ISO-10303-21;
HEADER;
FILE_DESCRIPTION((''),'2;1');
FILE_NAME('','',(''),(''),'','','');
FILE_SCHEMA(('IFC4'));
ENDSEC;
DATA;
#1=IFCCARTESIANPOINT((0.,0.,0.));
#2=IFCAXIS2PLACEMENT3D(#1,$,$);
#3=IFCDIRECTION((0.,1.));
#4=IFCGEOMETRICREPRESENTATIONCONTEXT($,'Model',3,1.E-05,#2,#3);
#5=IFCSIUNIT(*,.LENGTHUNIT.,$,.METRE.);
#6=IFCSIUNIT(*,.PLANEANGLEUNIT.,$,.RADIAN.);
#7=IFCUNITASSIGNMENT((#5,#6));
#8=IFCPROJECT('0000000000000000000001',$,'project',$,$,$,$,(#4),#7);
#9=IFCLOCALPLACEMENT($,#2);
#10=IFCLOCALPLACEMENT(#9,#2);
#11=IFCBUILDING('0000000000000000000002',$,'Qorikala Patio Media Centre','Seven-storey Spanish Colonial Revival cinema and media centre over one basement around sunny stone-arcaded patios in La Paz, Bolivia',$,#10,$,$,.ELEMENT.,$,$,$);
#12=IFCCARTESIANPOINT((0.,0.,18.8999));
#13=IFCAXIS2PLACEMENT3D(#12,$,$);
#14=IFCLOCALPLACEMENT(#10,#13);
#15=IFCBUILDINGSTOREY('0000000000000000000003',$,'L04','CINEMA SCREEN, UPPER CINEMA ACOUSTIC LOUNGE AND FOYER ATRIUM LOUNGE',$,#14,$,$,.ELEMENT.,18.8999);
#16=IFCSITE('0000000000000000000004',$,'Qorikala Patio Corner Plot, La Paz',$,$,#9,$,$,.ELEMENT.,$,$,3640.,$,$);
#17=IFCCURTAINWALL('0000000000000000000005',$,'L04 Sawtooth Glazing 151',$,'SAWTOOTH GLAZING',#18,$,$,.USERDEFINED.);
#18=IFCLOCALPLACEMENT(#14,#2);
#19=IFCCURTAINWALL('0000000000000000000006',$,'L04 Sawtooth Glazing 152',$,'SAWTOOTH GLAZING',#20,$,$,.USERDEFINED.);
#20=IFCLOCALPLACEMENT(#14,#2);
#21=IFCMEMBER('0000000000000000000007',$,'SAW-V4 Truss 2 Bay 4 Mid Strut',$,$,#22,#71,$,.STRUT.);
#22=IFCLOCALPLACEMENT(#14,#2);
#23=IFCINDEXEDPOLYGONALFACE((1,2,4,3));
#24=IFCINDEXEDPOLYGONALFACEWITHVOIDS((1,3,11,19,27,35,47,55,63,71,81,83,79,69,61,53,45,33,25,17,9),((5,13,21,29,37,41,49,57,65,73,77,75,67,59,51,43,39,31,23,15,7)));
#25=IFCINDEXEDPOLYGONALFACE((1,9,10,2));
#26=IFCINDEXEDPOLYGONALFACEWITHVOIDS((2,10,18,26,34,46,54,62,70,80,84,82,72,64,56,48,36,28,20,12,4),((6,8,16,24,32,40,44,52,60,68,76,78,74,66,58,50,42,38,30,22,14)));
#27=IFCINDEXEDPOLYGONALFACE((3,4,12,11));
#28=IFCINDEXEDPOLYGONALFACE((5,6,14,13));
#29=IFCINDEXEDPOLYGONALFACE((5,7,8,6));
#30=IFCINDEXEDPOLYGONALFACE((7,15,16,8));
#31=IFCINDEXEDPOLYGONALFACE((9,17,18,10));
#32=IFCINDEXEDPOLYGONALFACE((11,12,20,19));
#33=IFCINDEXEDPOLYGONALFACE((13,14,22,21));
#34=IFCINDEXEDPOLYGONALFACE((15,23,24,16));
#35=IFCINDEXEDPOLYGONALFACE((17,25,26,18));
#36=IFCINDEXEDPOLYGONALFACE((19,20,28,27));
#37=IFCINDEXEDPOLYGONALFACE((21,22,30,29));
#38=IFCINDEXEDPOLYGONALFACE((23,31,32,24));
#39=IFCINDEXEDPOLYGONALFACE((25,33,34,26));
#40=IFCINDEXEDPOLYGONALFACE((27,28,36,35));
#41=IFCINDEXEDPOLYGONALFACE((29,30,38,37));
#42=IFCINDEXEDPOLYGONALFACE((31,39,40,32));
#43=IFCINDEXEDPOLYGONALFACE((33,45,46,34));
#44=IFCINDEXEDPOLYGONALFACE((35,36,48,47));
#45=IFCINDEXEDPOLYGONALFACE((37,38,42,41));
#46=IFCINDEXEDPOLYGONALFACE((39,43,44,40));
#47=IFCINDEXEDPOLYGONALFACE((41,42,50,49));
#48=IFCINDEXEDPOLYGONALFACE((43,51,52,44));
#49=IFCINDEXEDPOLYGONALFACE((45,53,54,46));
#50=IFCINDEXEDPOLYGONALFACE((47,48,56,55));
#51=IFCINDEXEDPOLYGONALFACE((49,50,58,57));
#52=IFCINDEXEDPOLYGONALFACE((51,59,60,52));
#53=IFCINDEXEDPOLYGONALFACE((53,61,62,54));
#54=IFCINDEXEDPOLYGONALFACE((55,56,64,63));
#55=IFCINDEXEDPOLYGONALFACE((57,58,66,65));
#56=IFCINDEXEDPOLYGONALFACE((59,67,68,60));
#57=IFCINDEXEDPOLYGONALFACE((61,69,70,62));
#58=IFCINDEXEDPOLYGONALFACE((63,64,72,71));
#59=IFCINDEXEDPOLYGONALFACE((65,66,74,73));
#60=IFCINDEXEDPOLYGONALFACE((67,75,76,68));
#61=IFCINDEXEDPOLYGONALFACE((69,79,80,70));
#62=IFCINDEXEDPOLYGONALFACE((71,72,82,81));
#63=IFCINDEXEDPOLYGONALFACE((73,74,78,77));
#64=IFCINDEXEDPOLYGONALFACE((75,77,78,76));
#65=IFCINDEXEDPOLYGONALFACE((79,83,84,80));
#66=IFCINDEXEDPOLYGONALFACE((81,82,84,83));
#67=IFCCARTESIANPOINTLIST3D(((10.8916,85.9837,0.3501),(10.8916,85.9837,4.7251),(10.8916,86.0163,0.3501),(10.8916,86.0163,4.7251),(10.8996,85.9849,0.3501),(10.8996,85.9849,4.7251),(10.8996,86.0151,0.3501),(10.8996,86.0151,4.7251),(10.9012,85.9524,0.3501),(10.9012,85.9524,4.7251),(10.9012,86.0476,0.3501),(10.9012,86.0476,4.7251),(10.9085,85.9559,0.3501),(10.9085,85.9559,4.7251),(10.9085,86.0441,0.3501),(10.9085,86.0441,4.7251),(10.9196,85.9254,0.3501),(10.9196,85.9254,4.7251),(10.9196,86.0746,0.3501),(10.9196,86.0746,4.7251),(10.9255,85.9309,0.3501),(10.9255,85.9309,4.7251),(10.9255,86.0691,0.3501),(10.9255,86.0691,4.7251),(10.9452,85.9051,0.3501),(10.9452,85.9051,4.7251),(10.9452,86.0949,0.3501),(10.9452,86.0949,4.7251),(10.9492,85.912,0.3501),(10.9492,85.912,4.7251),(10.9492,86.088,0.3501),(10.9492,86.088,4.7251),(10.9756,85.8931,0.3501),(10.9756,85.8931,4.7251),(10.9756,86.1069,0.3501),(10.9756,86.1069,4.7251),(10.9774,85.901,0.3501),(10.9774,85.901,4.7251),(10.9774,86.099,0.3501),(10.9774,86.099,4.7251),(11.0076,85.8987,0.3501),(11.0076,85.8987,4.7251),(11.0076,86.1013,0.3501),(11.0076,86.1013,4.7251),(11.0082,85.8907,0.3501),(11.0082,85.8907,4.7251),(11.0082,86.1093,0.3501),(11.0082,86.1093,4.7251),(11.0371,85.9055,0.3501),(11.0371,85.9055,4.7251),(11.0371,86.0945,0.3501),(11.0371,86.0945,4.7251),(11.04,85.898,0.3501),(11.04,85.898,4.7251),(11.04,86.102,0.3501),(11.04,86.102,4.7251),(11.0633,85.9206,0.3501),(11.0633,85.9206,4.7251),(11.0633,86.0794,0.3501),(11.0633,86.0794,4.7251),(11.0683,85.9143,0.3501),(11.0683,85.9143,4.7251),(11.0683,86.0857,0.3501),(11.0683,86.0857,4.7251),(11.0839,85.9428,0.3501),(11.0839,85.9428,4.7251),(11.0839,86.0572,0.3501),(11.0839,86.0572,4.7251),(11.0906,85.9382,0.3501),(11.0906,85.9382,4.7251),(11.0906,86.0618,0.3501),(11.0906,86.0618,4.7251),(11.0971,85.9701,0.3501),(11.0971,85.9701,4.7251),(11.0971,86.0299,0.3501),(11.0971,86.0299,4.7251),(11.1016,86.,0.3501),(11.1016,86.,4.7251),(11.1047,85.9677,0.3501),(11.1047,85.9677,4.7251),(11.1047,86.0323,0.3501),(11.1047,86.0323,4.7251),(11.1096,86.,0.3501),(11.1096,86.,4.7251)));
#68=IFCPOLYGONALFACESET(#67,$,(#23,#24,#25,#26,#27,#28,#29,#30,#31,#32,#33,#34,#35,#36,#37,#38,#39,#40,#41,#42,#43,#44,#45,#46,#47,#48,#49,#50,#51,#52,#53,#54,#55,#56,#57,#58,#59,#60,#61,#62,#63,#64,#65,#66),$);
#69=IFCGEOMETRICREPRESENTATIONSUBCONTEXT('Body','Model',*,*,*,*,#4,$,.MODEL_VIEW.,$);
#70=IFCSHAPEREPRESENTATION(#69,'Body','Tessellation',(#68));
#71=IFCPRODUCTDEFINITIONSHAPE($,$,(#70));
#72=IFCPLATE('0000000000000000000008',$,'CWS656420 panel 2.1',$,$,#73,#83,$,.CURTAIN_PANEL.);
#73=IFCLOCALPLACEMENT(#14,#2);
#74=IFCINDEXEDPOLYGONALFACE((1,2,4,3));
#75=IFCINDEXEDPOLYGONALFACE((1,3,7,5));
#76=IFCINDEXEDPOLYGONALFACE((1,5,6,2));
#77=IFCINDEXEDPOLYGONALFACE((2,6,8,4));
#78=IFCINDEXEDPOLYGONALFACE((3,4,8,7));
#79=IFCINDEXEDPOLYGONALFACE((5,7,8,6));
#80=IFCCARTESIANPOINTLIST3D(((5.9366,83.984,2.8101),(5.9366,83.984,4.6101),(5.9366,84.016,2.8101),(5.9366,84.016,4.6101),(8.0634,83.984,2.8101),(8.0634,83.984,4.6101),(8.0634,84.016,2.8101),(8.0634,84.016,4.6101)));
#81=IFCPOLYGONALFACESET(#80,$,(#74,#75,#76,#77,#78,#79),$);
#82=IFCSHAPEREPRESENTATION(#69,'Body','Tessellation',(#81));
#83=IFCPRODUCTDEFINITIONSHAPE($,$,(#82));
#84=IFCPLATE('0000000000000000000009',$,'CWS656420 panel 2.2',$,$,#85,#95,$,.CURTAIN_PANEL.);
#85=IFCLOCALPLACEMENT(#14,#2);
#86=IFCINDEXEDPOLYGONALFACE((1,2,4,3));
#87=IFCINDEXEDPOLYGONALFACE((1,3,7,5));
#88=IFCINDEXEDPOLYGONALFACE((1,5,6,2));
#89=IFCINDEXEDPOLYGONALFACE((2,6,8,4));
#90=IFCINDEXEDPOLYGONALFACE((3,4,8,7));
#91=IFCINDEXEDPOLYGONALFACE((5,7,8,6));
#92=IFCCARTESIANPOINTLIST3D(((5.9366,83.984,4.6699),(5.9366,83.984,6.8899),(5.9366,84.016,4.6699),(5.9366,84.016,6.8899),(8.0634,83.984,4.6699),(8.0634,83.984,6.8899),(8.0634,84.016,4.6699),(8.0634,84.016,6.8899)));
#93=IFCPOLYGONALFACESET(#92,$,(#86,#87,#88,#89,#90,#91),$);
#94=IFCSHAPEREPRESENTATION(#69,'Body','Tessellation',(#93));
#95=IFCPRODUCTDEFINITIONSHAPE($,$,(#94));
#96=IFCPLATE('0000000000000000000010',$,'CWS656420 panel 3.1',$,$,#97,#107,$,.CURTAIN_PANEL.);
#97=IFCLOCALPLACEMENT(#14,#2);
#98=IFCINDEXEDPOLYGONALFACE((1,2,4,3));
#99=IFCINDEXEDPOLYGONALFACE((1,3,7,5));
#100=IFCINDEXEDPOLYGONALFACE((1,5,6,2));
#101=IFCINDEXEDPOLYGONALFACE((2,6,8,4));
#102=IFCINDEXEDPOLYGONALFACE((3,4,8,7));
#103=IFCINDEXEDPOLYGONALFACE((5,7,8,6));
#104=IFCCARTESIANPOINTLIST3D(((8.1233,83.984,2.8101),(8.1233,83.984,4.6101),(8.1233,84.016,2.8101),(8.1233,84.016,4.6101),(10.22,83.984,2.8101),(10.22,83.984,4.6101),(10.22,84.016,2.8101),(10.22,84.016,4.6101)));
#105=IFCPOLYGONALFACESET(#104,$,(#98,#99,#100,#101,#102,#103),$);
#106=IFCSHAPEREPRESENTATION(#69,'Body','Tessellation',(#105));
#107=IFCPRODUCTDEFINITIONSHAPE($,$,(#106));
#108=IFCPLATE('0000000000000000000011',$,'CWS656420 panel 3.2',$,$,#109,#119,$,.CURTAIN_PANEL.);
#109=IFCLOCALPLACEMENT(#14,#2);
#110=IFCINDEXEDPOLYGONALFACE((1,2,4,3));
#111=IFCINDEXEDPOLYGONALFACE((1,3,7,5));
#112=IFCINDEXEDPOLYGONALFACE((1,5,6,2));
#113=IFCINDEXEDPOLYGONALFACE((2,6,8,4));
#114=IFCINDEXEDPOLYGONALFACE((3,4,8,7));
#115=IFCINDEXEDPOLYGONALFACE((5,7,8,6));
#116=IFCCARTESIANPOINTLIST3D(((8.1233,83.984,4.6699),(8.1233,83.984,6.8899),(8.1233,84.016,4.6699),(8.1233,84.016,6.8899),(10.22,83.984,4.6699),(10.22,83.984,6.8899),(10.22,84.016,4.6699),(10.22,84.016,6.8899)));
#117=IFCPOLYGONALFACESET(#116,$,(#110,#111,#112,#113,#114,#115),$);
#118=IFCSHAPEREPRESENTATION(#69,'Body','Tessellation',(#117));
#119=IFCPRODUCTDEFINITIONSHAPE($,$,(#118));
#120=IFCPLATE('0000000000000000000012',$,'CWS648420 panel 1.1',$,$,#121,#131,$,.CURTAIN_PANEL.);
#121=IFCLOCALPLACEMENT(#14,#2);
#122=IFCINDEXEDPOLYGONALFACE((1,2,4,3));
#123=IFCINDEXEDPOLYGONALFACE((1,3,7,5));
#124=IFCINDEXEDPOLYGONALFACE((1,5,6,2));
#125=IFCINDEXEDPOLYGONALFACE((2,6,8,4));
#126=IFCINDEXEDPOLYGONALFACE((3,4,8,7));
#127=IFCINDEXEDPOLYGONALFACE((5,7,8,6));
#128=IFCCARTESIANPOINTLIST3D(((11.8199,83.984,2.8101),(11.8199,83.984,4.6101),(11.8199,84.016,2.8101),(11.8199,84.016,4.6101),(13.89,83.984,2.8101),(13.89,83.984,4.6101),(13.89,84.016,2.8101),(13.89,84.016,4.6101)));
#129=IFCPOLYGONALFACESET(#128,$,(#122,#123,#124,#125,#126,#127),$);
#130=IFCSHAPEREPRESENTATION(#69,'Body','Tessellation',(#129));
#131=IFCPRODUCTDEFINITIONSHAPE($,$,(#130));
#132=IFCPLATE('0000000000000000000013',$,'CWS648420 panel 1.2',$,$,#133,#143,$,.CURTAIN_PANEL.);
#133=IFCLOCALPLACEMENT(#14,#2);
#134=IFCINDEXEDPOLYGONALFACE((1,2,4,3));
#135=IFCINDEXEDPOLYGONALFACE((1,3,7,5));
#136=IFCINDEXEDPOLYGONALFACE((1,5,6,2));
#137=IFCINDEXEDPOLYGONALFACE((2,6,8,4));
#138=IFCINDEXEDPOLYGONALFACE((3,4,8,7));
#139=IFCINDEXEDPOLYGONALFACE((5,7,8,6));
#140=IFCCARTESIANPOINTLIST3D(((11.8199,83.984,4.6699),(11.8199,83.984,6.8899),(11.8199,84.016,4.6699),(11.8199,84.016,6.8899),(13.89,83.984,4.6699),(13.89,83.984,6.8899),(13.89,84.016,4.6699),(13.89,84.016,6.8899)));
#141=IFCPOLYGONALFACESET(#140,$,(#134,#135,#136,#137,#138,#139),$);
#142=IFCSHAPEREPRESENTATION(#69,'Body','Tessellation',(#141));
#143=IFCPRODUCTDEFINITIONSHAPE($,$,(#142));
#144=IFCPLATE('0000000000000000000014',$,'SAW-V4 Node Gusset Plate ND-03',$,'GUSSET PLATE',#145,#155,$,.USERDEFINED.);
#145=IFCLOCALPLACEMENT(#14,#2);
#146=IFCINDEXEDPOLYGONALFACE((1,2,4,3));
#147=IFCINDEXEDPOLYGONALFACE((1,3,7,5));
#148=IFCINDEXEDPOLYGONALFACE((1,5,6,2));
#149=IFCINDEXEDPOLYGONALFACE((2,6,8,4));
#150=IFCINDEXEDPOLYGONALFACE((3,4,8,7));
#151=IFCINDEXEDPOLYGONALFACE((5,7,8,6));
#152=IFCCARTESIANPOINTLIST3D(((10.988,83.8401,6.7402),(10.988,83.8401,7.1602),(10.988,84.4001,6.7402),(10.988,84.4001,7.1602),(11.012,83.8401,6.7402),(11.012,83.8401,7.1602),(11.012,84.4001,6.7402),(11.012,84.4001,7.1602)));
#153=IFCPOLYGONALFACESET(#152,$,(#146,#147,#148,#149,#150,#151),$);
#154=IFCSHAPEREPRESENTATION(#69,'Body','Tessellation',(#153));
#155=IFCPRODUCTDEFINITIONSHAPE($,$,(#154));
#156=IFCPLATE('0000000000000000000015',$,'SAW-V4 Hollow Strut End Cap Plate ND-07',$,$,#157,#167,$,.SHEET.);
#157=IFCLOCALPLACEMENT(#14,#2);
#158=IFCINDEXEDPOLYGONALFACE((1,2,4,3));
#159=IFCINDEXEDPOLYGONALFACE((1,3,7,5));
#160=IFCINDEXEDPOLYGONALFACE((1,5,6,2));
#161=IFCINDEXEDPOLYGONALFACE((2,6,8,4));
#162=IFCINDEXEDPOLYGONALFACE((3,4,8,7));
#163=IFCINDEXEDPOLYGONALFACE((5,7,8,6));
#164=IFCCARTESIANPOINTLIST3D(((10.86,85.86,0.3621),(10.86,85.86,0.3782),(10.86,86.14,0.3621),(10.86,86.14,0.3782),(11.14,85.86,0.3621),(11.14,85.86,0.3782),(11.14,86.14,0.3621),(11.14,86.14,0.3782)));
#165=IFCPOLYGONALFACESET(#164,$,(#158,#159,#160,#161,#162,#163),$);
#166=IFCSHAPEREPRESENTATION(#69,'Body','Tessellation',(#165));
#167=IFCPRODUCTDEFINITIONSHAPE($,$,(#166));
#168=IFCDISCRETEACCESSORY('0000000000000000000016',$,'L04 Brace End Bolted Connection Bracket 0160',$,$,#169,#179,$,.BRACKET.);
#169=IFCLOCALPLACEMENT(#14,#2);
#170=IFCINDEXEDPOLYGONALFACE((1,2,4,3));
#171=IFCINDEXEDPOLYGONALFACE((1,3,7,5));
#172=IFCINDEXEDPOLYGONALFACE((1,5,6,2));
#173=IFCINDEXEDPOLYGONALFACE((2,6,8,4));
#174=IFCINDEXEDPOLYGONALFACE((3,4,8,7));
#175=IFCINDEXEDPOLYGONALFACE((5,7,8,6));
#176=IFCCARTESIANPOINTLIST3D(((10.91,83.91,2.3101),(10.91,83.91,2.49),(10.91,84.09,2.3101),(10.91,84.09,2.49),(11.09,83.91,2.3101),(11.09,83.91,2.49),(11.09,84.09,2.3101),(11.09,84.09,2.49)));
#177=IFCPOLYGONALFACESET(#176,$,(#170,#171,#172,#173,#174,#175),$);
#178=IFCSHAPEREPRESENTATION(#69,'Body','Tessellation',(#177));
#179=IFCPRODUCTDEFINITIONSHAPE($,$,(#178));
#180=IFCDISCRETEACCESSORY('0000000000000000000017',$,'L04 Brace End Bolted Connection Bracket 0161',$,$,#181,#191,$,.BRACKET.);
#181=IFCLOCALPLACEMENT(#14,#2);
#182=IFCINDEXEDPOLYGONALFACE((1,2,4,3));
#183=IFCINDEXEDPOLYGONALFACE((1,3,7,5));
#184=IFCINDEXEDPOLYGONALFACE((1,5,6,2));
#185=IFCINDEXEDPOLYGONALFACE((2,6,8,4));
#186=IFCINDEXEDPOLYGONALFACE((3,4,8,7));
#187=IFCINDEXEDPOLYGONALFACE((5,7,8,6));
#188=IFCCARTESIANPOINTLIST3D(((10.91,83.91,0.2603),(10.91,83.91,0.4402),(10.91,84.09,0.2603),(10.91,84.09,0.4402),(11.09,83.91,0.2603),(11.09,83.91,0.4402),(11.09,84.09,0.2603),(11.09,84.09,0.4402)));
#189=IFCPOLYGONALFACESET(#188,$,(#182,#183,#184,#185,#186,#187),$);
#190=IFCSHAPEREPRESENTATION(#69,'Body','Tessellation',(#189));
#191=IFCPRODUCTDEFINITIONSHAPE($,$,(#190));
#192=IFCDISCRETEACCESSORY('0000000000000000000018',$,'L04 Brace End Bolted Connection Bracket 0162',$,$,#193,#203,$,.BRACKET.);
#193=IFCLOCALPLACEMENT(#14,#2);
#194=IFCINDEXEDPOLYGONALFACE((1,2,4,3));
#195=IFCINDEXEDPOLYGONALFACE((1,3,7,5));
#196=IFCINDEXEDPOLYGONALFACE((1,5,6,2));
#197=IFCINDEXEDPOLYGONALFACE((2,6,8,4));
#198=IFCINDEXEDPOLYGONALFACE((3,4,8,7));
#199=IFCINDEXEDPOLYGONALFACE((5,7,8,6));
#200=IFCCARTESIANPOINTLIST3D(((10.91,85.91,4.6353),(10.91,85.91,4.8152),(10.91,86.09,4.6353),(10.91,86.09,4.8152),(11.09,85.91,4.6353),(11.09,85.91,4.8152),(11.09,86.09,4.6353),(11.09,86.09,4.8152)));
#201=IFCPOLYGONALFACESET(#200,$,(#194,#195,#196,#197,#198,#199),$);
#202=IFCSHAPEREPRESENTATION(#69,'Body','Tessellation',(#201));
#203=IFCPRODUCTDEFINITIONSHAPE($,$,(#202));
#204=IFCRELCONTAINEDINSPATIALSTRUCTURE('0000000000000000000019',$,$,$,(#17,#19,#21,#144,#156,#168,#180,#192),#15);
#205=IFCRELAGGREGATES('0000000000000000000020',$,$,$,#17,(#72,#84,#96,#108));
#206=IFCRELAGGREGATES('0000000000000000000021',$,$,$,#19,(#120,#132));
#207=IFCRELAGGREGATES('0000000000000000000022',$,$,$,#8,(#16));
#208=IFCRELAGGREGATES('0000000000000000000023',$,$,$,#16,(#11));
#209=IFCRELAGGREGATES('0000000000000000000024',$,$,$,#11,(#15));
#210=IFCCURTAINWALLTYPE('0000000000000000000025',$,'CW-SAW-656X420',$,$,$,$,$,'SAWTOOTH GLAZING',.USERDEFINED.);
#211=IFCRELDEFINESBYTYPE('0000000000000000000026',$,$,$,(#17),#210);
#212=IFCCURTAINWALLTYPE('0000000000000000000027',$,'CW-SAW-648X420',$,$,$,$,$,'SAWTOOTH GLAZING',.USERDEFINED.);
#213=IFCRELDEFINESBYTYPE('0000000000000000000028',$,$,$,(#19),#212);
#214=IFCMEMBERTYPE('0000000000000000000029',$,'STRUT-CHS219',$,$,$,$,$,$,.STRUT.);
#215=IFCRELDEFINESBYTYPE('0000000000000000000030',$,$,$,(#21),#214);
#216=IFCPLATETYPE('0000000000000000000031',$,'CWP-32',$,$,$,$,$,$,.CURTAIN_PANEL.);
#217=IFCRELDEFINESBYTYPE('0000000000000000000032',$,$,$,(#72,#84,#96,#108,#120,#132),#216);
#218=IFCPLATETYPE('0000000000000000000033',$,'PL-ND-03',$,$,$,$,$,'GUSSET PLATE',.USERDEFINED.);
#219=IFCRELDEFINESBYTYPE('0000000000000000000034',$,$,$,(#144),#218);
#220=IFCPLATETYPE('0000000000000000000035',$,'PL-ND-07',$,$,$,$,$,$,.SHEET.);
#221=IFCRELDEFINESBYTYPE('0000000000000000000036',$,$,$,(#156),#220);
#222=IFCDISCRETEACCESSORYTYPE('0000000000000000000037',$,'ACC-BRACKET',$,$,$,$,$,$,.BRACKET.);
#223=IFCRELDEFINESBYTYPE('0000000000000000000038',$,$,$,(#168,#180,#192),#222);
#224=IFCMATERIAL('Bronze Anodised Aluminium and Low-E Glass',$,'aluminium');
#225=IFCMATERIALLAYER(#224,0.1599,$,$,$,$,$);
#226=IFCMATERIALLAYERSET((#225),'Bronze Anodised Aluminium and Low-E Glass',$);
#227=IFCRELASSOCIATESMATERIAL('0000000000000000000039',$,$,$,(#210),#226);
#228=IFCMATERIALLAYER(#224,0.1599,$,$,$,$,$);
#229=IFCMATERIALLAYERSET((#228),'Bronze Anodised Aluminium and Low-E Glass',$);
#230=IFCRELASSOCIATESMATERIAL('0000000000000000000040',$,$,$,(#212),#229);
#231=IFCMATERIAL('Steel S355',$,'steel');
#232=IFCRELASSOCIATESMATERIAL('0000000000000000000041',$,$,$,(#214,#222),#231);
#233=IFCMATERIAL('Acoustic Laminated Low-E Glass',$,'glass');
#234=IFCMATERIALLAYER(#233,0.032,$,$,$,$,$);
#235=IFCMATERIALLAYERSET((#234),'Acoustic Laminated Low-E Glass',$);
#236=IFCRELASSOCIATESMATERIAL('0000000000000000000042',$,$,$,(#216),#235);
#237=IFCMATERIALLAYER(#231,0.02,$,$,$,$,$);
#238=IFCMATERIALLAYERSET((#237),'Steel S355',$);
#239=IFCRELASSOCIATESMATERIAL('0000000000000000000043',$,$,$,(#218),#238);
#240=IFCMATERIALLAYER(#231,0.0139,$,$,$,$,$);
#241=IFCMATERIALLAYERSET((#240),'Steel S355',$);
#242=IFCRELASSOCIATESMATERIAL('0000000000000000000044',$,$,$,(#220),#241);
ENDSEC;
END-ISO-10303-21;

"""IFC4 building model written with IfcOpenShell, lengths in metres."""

from ifc_helpers import new_model, si_unit, direction, frame, origin, origin_2d, place, context, subcontext, project, spatial, rectangle, hollow_circle, extrude, material, layer, layer_set, material_profile, profile_set, type_object, element, aggregate, save


model = new_model("IFC4")

# Units and contexts
model_context = context("Model", 3, precision=1e-05, world=origin(), true_north=direction((0.0, 1.0)))
body_context = subcontext(model_context, "Body", "Model", "MODEL_VIEW")
ifc_project = project(units=[si_unit("LENGTHUNIT", "METRE"), si_unit("PLANEANGLEUNIT", "RADIAN")], contexts=[model_context])

# Site, building, storey
site_placement = place(None, origin())
site = spatial("IfcSite", under=ifc_project, at=site_placement, Name="Qorikala Patio Corner Plot, La Paz", CompositionType="ELEMENT", RefElevation=3640.0)
building_placement = place(site_placement, origin())
building = spatial("IfcBuilding", under=site, at=building_placement, Name="Qorikala Patio Media Centre", Description="Seven-storey Spanish Colonial Revival cinema and media centre over one basement around sunny stone-arcaded patios in La Paz, Bolivia", CompositionType="ELEMENT")
storey_placement = place(building_placement, frame((0.0, 0.0, 18.8999)))
storey = spatial("IfcBuildingStorey", under=building, at=storey_placement, Name="L04", Description="CINEMA SCREEN, UPPER CINEMA ACOUSTIC LOUNGE AND FOYER ATRIUM LOUNGE", CompositionType="ELEMENT", Elevation=18.8999)

# Shared definitions
ifc_material_1 = material(Name="Steel S355", Category="steel")

# Curtain wall
ifc_material_2 = material(Name="Bronze Anodised Aluminium and Low-E Glass", Category="aluminium")
ifc_layer_1 = layer(ifc_material_2, 0.1599)
ifc_layer_set_1 = layer_set([ifc_layer_1], Name="Bronze Anodised Aluminium and Low-E Glass")
curtain_wall_type_1 = type_object("IfcCurtainWallType", Name="CW-SAW-656X420", ElementType="SAWTOOTH GLAZING", PredefinedType="USERDEFINED", material=ifc_layer_set_1)
curtain_wall_1_placement = place(storey_placement, origin())
curtain_wall_1 = element("IfcCurtainWall", 1, at=curtain_wall_1_placement, inside=storey, type_object=curtain_wall_type_1, Name="L04 Sawtooth Glazing 151", ObjectType="SAWTOOTH GLAZING", PredefinedType="USERDEFINED")

# Curtain wall
ifc_layer_2 = layer(ifc_material_2, 0.1599)
ifc_layer_set_2 = layer_set([ifc_layer_2], Name="Bronze Anodised Aluminium and Low-E Glass")
curtain_wall_type_2 = type_object("IfcCurtainWallType", Name="CW-SAW-648X420", ElementType="SAWTOOTH GLAZING", PredefinedType="USERDEFINED", material=ifc_layer_set_2)
curtain_wall_2_placement = place(storey_placement, origin())
curtain_wall_2 = element("IfcCurtainWall", 2, at=curtain_wall_2_placement, inside=storey, type_object=curtain_wall_type_2, Name="L04 Sawtooth Glazing 152", ObjectType="SAWTOOTH GLAZING", PredefinedType="USERDEFINED")

# Member
ifc_material_profile_1 = material_profile(ifc_material_1, hollow_circle(Radius=0.1096, WallThickness=0.0081, at=origin_2d()), Name="CHS219X8")
ifc_profile_set_1 = profile_set([ifc_material_profile_1], Name="Steel S355")
member_type_1 = type_object("IfcMemberType", Name="STRUT-CHS219", PredefinedType="STRUT", material=ifc_profile_set_1)
member_1_placement = place(storey_placement, frame((11.0, 86.0, 0.3501), z_axis=(0.0, 0.0, 1.0), x_axis=(1.0, 0.0, 0.0)))
element("IfcMember", 3, at=member_1_placement, inside=storey, type_object=member_type_1, Name="SAW-V4 Truss 2 Bay 4 Mid Strut", PredefinedType="STRUT", context=body_context, shape_type="SweptSolid", body=[
    extrude(hollow_circle(Radius=0.1096, WallThickness=0.0081, at=origin_2d()), origin(), (0.0, 0.0, 1.0), 4.375),
])

# Plates
ifc_material_3 = material(Name="Acoustic Laminated Low-E Glass", Category="glass")
ifc_layer_3 = layer(ifc_material_3, 0.032)
ifc_layer_set_3 = layer_set([ifc_layer_3], Name="Acoustic Laminated Low-E Glass")
plate_type_1 = type_object("IfcPlateType", Name="CWP-32", PredefinedType="CURTAIN_PANEL", material=ifc_layer_set_3)
plate_1_placement = place(storey_placement, frame((7.0, 84.0, 2.8101), z_axis=(0.0, 0.0, 1.0), x_axis=(1.0, 0.0, 0.0)))
plate_1 = element("IfcPlate", 4, at=plate_1_placement, type_object=plate_type_1, Name="CWS656420 panel 2.1", PredefinedType="CURTAIN_PANEL", context=body_context, shape_type="SweptSolid", body=[
    extrude(rectangle(XDim=2.1267, YDim=0.032, at=origin_2d()), origin(), (0.0, 0.0, 1.0), 1.8),
])
plate_2_placement = place(storey_placement, frame((7.0, 84.0, 4.6699), z_axis=(0.0, 0.0, 1.0), x_axis=(1.0, 0.0, 0.0)))
plate_2 = element("IfcPlate", 5, at=plate_2_placement, type_object=plate_type_1, Name="CWS656420 panel 2.2", PredefinedType="CURTAIN_PANEL", context=body_context, shape_type="SweptSolid", body=[
    extrude(rectangle(XDim=2.1267, YDim=0.032, at=origin_2d()), origin(), (0.0, 0.0, 1.0), 2.22),
])
plate_3_placement = place(storey_placement, frame((9.1716, 84.0, 2.8101), z_axis=(0.0, 0.0, 1.0), x_axis=(1.0, 0.0, 0.0)))
plate_3 = element("IfcPlate", 6, at=plate_3_placement, type_object=plate_type_1, Name="CWS656420 panel 3.1", PredefinedType="CURTAIN_PANEL", context=body_context, shape_type="SweptSolid", body=[
    extrude(rectangle(XDim=2.0967, YDim=0.032, at=origin_2d()), origin(), (0.0, 0.0, 1.0), 1.8),
])
plate_4_placement = place(storey_placement, frame((9.1716, 84.0, 4.6699), z_axis=(0.0, 0.0, 1.0), x_axis=(1.0, 0.0, 0.0)))
plate_4 = element("IfcPlate", 7, at=plate_4_placement, type_object=plate_type_1, Name="CWS656420 panel 3.2", PredefinedType="CURTAIN_PANEL", context=body_context, shape_type="SweptSolid", body=[
    extrude(rectangle(XDim=2.0967, YDim=0.032, at=origin_2d()), origin(), (0.0, 0.0, 1.0), 2.22),
])
aggregate(curtain_wall_1, [plate_1, plate_2, plate_3, plate_4])
plate_5_placement = place(storey_placement, frame((12.855, 84.0, 2.8101), z_axis=(0.0, 0.0, 1.0), x_axis=(1.0, 0.0, 0.0)))
plate_5 = element("IfcPlate", 8, at=plate_5_placement, type_object=plate_type_1, Name="CWS648420 panel 1.1", PredefinedType="CURTAIN_PANEL", context=body_context, shape_type="SweptSolid", body=[
    extrude(rectangle(XDim=2.0701, YDim=0.032, at=origin_2d()), origin(), (0.0, 0.0, 1.0), 1.8),
])
plate_6_placement = place(storey_placement, frame((12.855, 84.0, 4.6699), z_axis=(0.0, 0.0, 1.0), x_axis=(1.0, 0.0, 0.0)))
plate_6 = element("IfcPlate", 9, at=plate_6_placement, type_object=plate_type_1, Name="CWS648420 panel 1.2", PredefinedType="CURTAIN_PANEL", context=body_context, shape_type="SweptSolid", body=[
    extrude(rectangle(XDim=2.0701, YDim=0.032, at=origin_2d()), origin(), (0.0, 0.0, 1.0), 2.22),
])
aggregate(curtain_wall_2, [plate_5, plate_6])

# Plates
ifc_layer_4 = layer(ifc_material_1, 0.02)
ifc_layer_set_4 = layer_set([ifc_layer_4], Name="Steel S355")
plate_type_2 = type_object("IfcPlateType", Name="PL-ND-03", ElementType="GUSSET PLATE", PredefinedType="USERDEFINED", material=ifc_layer_set_4)
plate_7_placement = place(storey_placement, frame((11.0, 84.1201, 6.7402), z_axis=(0.0, 0.0, 1.0), x_axis=(1.0, 0.0, 0.0)))
element("IfcPlate", 10, at=plate_7_placement, inside=storey, type_object=plate_type_2, Name="SAW-V4 Node Gusset Plate ND-03", ObjectType="GUSSET PLATE", PredefinedType="USERDEFINED", context=body_context, shape_type="SweptSolid", body=[
    extrude(rectangle(XDim=0.0239, YDim=0.5601, at=origin_2d()), origin(), (0.0, 0.0, 1.0), 0.4199),
])
ifc_layer_5 = layer(ifc_material_1, 0.0139)
ifc_layer_set_5 = layer_set([ifc_layer_5], Name="Steel S355")
plate_type_3 = type_object("IfcPlateType", Name="PL-ND-07", PredefinedType="SHEET", material=ifc_layer_set_5)
plate_8_placement = place(storey_placement, frame((11.0, 86.0, 0.3621), z_axis=(0.0, 0.0, 1.0), x_axis=(1.0, 0.0, 0.0)))
element("IfcPlate", 11, at=plate_8_placement, inside=storey, type_object=plate_type_3, Name="SAW-V4 Hollow Strut End Cap Plate ND-07", PredefinedType="SHEET", context=body_context, shape_type="SweptSolid", body=[
    extrude(rectangle(XDim=0.28, YDim=0.28, at=origin_2d()), origin(), (0.0, 0.0, 1.0), 0.0161),
])

# Discrete accessories
discrete_accessory_type = type_object("IfcDiscreteAccessoryType", Name="ACC-BRACKET", PredefinedType="BRACKET", material=ifc_material_1)
for number, where, z_axis, x_axis, name in (
    (12, (11.0, 84.0, 2.3101), (0.0, 0.0, 1.0), (1.0, 0.0, 0.0), "L04 Brace End Bolted Connection Bracket 0160"),
    (13, (11.0, 84.0, 0.2603), (0.0, 0.0, 1.0), (1.0, 0.0, 0.0), "L04 Brace End Bolted Connection Bracket 0161"),
    (14, (11.0, 86.0, 4.6353), (0.0, 0.0, 1.0), (1.0, 0.0, 0.0), "L04 Brace End Bolted Connection Bracket 0162"),
):
    element("IfcDiscreteAccessory", number, at=place(storey_placement, frame(where, z_axis=z_axis, x_axis=x_axis)), inside=storey, type_object=discrete_accessory_type, Name=name, PredefinedType="BRACKET", context=body_context, shape_type="SweptSolid", body=[
        extrude(rectangle(XDim=0.1799, YDim=0.1799, at=origin_2d()), origin(), (0.0, 0.0, 1.0), 0.1799),
    ])

save(model, "model.ifc")
